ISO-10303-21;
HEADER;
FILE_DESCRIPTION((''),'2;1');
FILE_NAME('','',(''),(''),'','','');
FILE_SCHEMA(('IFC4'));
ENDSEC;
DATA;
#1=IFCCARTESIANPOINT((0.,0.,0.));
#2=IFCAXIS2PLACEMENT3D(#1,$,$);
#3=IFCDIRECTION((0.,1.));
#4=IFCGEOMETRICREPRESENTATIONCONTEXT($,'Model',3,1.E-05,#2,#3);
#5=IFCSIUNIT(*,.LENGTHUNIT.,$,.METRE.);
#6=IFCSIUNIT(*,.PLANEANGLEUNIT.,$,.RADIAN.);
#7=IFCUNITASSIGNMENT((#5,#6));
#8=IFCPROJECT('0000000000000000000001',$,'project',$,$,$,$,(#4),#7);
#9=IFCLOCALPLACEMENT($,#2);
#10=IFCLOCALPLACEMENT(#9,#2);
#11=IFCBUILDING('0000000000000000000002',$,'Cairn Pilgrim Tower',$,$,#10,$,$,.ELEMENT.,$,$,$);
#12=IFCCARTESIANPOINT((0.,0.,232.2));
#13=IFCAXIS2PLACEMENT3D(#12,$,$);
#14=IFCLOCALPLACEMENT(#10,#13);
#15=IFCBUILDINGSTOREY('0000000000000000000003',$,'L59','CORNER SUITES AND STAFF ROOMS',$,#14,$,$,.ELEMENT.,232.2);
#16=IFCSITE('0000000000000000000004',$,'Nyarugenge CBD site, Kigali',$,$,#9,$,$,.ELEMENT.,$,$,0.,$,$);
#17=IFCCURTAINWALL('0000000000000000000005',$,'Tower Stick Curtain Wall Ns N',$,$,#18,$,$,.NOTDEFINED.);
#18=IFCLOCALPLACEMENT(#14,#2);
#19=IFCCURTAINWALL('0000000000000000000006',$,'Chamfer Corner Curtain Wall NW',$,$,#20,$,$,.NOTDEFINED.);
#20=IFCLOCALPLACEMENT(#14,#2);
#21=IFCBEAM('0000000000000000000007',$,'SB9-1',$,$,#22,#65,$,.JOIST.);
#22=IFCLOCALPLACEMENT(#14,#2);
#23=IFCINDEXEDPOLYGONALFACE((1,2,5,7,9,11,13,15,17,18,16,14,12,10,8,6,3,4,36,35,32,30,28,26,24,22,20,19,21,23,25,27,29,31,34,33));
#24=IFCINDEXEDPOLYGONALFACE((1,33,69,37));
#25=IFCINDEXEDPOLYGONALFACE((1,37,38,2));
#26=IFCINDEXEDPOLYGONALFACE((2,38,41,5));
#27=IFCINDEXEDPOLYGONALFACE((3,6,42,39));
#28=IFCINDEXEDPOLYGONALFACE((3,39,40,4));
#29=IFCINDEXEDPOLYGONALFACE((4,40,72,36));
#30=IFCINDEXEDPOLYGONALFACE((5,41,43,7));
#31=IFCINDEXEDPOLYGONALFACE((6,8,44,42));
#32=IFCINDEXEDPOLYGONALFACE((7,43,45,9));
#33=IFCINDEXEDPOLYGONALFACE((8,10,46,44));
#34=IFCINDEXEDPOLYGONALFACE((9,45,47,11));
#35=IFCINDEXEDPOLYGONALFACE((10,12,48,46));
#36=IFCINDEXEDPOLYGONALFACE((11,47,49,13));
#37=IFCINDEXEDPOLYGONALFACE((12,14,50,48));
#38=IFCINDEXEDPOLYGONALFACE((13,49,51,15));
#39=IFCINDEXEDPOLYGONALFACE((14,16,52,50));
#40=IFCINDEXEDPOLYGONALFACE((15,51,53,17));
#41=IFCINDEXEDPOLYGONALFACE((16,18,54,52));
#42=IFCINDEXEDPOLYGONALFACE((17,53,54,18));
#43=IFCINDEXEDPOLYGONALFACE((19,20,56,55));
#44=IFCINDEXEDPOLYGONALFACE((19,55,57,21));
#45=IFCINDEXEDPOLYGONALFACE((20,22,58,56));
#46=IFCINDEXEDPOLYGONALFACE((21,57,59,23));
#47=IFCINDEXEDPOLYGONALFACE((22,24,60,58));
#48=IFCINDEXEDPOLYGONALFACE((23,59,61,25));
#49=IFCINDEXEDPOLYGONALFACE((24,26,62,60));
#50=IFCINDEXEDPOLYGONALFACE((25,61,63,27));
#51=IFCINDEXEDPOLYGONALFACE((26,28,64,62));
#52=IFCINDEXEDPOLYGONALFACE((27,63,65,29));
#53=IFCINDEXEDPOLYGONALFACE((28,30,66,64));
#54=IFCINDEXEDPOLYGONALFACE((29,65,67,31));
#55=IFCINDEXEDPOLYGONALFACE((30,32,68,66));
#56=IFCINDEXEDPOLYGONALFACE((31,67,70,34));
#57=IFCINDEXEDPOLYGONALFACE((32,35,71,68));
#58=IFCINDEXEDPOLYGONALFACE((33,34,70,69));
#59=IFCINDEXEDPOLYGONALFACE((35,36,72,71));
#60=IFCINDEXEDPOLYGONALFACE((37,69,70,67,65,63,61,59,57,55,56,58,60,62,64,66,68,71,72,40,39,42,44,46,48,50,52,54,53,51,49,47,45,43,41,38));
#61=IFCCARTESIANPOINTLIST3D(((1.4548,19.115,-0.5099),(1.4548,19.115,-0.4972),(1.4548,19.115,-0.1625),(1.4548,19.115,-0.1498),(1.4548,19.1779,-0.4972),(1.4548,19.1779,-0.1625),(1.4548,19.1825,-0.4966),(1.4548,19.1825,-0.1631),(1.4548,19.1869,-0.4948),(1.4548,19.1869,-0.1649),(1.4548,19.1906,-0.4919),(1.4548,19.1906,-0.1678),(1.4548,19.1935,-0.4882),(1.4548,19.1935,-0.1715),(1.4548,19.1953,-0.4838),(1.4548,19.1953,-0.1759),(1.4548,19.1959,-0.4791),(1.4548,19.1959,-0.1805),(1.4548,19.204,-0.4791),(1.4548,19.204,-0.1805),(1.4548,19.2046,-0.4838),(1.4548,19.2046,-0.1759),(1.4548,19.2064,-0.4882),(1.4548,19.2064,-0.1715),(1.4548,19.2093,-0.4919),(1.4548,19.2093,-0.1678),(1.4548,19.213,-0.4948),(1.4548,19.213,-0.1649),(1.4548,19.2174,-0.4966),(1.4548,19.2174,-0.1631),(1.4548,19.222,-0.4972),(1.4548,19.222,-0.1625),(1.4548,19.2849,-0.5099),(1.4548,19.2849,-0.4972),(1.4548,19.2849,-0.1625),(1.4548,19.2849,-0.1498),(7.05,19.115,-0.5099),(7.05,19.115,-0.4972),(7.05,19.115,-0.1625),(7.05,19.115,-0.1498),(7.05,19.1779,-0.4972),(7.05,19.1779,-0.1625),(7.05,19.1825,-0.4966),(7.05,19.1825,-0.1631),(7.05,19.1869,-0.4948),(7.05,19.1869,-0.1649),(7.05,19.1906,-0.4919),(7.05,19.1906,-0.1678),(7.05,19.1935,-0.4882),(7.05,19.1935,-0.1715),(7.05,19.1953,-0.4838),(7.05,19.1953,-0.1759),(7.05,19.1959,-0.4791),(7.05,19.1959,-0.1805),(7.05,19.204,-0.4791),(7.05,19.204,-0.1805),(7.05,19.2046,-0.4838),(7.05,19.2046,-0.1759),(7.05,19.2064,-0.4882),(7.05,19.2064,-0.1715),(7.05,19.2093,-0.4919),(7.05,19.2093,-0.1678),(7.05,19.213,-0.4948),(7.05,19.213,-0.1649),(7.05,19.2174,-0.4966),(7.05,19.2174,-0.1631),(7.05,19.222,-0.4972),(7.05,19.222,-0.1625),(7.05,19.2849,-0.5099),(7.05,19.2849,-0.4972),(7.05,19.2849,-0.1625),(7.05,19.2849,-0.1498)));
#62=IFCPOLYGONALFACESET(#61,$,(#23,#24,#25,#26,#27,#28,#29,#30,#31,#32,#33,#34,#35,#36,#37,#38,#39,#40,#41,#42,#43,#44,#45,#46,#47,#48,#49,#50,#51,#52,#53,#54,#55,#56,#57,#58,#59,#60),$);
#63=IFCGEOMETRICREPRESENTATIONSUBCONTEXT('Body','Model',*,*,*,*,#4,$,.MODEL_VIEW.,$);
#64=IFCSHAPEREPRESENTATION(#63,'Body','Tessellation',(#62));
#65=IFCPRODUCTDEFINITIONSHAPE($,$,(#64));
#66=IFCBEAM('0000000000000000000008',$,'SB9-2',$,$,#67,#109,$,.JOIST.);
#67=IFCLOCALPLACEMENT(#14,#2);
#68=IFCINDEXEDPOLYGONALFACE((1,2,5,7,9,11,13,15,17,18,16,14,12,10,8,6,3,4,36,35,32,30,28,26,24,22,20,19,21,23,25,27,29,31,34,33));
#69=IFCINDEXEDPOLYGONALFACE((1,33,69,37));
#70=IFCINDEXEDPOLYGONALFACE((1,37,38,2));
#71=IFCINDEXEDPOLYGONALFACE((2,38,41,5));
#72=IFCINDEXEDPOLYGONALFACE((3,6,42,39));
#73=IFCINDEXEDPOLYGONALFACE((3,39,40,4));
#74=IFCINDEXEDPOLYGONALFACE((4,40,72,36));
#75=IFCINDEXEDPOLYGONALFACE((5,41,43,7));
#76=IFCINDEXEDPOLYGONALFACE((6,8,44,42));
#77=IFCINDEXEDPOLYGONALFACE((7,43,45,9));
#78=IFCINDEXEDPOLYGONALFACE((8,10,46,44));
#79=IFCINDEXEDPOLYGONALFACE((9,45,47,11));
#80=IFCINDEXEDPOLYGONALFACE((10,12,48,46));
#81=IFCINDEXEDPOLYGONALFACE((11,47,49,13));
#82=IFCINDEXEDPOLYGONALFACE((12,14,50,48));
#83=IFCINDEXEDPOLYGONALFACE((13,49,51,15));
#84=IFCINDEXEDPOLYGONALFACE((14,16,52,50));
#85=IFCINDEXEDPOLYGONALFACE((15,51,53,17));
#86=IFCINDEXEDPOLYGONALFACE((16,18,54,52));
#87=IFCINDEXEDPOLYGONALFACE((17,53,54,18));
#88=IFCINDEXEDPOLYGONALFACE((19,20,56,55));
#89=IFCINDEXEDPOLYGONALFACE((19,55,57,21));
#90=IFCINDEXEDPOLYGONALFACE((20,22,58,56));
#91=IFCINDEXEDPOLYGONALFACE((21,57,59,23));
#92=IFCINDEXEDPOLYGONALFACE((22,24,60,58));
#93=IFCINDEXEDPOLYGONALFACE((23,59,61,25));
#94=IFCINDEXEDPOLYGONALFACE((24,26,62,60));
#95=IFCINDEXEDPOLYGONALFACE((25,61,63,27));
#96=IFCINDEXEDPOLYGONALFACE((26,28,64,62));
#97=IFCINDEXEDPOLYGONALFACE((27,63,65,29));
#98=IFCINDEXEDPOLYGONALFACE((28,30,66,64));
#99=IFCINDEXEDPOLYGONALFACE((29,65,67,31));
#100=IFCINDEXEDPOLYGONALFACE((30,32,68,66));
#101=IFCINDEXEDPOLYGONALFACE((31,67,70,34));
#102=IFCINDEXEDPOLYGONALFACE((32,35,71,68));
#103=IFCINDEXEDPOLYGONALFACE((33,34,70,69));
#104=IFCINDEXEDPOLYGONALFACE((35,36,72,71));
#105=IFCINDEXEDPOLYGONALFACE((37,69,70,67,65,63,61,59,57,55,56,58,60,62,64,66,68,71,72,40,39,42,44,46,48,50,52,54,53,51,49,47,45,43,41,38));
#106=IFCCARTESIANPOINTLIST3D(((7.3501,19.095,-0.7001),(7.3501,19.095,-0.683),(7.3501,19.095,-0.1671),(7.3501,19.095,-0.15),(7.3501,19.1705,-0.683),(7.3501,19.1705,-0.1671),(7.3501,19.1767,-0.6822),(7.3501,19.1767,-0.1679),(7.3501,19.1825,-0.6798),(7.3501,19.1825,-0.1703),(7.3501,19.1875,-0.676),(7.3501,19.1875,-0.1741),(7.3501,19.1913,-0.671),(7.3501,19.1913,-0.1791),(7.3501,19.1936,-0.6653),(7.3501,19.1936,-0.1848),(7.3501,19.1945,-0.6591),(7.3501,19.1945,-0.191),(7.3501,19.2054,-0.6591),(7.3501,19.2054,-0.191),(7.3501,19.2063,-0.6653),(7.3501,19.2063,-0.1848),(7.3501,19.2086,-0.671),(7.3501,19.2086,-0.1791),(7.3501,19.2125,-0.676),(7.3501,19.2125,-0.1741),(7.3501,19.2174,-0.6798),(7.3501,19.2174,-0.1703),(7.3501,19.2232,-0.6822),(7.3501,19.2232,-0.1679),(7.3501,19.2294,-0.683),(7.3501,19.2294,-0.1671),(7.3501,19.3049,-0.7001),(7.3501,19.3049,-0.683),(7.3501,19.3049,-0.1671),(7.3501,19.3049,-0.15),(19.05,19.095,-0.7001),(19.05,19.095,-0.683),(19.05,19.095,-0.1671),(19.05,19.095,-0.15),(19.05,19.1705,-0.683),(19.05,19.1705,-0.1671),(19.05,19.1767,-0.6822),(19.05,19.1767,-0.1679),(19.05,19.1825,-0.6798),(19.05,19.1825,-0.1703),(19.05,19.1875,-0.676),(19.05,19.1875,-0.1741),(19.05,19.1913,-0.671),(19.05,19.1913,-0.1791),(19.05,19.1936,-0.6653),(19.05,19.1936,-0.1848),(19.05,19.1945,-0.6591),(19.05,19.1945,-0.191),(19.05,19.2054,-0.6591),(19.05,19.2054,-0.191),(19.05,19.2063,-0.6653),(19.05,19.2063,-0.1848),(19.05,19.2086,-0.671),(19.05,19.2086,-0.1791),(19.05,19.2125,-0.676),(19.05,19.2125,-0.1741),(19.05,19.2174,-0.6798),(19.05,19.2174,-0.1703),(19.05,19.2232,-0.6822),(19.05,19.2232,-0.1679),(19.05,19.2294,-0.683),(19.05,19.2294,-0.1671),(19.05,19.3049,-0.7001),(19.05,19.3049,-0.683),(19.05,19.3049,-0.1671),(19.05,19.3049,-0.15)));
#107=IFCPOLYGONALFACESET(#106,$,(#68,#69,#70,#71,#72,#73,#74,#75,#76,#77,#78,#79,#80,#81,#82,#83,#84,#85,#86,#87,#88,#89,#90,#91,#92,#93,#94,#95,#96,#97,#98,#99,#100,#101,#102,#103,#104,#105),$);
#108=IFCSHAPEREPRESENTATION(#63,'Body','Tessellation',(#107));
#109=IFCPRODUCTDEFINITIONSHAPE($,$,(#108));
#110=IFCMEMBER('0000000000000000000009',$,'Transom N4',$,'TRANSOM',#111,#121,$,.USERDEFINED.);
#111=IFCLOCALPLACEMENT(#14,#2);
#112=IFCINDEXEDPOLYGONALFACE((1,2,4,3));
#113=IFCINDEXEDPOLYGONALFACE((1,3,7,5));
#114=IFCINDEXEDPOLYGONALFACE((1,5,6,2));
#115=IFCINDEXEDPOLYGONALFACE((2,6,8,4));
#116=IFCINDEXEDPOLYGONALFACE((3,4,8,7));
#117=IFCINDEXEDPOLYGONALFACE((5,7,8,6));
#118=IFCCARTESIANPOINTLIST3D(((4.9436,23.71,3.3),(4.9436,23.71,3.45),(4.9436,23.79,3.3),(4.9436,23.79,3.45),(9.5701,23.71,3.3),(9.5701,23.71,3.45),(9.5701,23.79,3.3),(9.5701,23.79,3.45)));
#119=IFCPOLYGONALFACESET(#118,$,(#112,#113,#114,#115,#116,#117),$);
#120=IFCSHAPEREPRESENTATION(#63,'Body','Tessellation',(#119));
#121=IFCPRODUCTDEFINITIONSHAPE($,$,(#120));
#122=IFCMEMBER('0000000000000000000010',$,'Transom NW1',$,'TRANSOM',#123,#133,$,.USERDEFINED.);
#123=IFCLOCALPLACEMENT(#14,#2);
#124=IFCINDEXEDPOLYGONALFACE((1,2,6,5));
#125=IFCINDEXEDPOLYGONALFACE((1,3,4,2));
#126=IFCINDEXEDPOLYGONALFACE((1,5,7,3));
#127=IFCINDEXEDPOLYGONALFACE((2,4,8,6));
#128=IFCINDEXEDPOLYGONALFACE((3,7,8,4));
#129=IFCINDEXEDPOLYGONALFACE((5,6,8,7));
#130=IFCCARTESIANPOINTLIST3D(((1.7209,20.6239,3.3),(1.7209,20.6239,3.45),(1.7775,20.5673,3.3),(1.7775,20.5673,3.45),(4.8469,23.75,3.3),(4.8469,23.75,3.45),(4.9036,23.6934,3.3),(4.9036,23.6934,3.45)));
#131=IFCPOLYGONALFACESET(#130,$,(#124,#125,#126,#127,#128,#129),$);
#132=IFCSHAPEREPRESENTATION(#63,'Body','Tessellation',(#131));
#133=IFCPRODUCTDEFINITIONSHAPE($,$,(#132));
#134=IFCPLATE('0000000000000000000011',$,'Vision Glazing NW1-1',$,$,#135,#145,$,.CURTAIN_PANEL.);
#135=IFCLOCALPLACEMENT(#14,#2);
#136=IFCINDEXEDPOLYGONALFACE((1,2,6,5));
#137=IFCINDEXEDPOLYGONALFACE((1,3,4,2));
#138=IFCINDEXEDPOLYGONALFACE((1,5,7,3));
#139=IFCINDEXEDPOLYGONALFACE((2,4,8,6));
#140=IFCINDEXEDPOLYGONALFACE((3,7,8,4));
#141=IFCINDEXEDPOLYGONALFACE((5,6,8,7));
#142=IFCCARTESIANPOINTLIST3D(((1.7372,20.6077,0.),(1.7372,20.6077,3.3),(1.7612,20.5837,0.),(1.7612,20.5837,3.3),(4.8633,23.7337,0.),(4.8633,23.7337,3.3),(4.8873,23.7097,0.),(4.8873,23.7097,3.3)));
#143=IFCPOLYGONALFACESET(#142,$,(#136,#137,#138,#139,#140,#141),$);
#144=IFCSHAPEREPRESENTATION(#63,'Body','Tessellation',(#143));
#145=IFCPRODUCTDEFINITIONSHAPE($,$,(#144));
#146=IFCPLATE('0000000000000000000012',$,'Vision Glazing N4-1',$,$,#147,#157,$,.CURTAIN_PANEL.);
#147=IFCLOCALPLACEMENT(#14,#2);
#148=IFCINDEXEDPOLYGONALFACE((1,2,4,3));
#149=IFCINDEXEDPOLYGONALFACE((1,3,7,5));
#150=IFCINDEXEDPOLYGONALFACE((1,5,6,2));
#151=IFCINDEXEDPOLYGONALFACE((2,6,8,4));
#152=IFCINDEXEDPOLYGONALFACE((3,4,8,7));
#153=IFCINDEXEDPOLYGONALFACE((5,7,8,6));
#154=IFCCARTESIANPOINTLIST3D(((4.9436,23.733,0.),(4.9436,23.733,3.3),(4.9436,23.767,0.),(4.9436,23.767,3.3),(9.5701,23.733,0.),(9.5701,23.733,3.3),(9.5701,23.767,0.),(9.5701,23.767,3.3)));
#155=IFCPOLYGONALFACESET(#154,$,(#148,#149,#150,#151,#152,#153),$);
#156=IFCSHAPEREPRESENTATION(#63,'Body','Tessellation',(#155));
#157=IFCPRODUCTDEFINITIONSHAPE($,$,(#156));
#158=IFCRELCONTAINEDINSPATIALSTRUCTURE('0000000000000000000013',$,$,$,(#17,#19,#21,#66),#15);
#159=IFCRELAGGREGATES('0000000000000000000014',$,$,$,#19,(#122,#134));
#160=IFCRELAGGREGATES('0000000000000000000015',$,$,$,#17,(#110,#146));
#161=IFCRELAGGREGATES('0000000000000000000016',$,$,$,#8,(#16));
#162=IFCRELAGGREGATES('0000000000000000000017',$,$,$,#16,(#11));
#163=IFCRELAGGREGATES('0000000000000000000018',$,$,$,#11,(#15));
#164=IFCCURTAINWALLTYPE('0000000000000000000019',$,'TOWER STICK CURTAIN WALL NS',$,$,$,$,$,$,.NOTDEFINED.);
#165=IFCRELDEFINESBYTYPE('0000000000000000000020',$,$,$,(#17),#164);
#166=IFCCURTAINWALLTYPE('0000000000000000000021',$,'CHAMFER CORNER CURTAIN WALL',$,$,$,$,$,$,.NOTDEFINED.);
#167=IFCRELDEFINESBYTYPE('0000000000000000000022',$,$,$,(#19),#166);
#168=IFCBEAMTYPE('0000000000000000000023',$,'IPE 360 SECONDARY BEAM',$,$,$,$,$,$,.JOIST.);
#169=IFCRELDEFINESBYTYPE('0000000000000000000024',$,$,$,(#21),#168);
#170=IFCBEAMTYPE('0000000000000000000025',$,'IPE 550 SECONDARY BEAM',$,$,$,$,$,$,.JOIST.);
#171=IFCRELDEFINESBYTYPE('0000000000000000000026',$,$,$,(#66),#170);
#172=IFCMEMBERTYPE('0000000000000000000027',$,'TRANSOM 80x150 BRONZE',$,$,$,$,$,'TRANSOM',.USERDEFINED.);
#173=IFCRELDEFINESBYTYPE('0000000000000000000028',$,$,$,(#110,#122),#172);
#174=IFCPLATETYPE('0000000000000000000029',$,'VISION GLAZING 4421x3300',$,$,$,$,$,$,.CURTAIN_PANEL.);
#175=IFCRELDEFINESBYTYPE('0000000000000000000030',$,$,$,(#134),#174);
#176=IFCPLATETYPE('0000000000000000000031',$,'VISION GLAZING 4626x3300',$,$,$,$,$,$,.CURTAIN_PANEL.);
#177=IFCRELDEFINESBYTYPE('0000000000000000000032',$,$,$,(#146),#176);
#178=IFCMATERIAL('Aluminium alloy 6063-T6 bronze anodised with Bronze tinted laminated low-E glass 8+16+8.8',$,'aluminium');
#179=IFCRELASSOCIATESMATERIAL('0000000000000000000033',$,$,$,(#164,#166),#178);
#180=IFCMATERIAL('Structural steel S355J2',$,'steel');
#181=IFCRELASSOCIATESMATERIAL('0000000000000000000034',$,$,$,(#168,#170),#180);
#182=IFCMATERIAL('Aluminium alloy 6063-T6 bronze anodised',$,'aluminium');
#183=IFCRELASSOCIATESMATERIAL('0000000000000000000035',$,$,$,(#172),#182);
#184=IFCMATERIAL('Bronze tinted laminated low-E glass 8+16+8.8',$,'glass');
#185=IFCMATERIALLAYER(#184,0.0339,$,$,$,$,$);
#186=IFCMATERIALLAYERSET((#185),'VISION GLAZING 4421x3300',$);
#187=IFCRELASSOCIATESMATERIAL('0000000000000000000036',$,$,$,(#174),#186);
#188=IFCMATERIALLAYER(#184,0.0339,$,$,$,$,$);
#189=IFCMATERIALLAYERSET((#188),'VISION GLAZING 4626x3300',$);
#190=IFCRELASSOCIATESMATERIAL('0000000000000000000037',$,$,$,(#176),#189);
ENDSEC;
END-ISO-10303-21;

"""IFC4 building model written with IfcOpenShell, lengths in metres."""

from ifc_helpers import new_model, si_unit, direction, frame, origin, origin_2d, place, context, subcontext, project, spatial, rectangle, i_section, extrude, material, layer, layer_set, material_profile, profile_set, type_object, element, aggregate, save


model = new_model("IFC4")

# Units and contexts
model_context = context("Model", 3, precision=1e-05, world=origin(), true_north=direction((0.0, 1.0)))
body_context = subcontext(model_context, "Body", "Model", "MODEL_VIEW")
ifc_project = project(units=[si_unit("LENGTHUNIT", "METRE"), si_unit("PLANEANGLEUNIT", "RADIAN")], contexts=[model_context])

# Site, building, storey
site_placement = place(None, origin())
site = spatial("IfcSite", under=ifc_project, at=site_placement, Name="Nyarugenge CBD site, Kigali", CompositionType="ELEMENT", RefElevation=0.0)
building_placement = place(site_placement, origin())
building = spatial("IfcBuilding", under=site, at=building_placement, Name="Cairn Pilgrim Tower", CompositionType="ELEMENT")
storey_placement = place(building_placement, frame((0.0, 0.0, 232.2)))
storey = spatial("IfcBuildingStorey", under=building, at=storey_placement, Name="L59", Description="CORNER SUITES AND STAFF ROOMS", CompositionType="ELEMENT", Elevation=232.2)

# Shared definitions
ifc_material_1 = material(Name="Structural steel S355J2", Category="steel")

# Curtain walls
ifc_material_2 = material(Name="Aluminium alloy 6063-T6 bronze anodised with Bronze tinted laminated low-E glass 8+16+8.8", Category="aluminium")
curtain_wall_type_1 = type_object("IfcCurtainWallType", Name="TOWER STICK CURTAIN WALL NS", PredefinedType="NOTDEFINED", material=ifc_material_2)
curtain_wall_1_placement = place(storey_placement, origin())
curtain_wall_1 = element("IfcCurtainWall", 1, at=curtain_wall_1_placement, inside=storey, type_object=curtain_wall_type_1, Name="Tower Stick Curtain Wall Ns N", PredefinedType="NOTDEFINED")
ifc_material_3 = material(Name="Aluminium alloy 6063-T6 bronze anodised", Category="aluminium")
curtain_wall_type_2 = type_object("IfcCurtainWallType", Name="CHAMFER CORNER CURTAIN WALL", PredefinedType="NOTDEFINED", material=ifc_material_2)
curtain_wall_2_placement = place(storey_placement, origin())
curtain_wall_2 = element("IfcCurtainWall", 2, at=curtain_wall_2_placement, inside=storey, type_object=curtain_wall_type_2, Name="Chamfer Corner Curtain Wall NW", PredefinedType="NOTDEFINED")

# Beams
ifc_material_profile_1 = material_profile(ifc_material_1, i_section(OverallWidth=0.1699, OverallDepth=0.3601, WebThickness=0.0081, FlangeThickness=0.0127, FilletRadius=0.0181, at=origin_2d()), Name="IPE 360")
ifc_profile_set_1 = profile_set([ifc_material_profile_1], Name="Structural steel S355J2")
beam_type_1 = type_object("IfcBeamType", Name="IPE 360 SECONDARY BEAM", PredefinedType="JOIST", material=ifc_profile_set_1)
beam_1_placement = place(storey_placement, frame((1.4548, 19.2, -0.3298), z_axis=(1.0, 0.0, 0.0), x_axis=(0.0, 1.0, 0.0)))
element("IfcBeam", 3, at=beam_1_placement, inside=storey, type_object=beam_type_1, Name="SB9-1", PredefinedType="JOIST", context=body_context, shape_type="SweptSolid", body=[
    extrude(i_section(OverallWidth=0.1699, OverallDepth=0.3601, WebThickness=0.0081, FlangeThickness=0.0127, FilletRadius=0.0181, at=origin_2d()), origin(), (0.0, 0.0, 1.0), 5.5952),
])
ifc_material_profile_2 = material_profile(ifc_material_1, i_section(OverallWidth=0.21, OverallDepth=0.55, WebThickness=0.011, FlangeThickness=0.0171, FilletRadius=0.0239, at=origin_2d()), Name="IPE 550")
ifc_profile_set_2 = profile_set([ifc_material_profile_2], Name="Structural steel S355J2")
beam_type_2 = type_object("IfcBeamType", Name="IPE 550 SECONDARY BEAM", PredefinedType="JOIST", material=ifc_profile_set_2)
beam_2_placement = place(storey_placement, frame((7.3501, 19.2, -0.425), z_axis=(1.0, 0.0, 0.0), x_axis=(0.0, 1.0, 0.0)))
element("IfcBeam", 4, at=beam_2_placement, inside=storey, type_object=beam_type_2, Name="SB9-2", PredefinedType="JOIST", context=body_context, shape_type="SweptSolid", body=[
    extrude(i_section(OverallWidth=0.21, OverallDepth=0.55, WebThickness=0.011, FlangeThickness=0.0171, FilletRadius=0.0239, at=origin_2d()), origin(), (0.0, 0.0, 1.0), 11.7),
])

# Members
ifc_material_profile_3 = material_profile(ifc_material_3, rectangle(XDim=0.0801, YDim=0.1499, at=origin_2d()), Name="TRANSOM 80x150 BRONZE")
ifc_profile_set_3 = profile_set([ifc_material_profile_3], Name="Aluminium alloy 6063-T6 bronze anodised")
member_type_1 = type_object("IfcMemberType", Name="TRANSOM 80x150 BRONZE", ElementType="TRANSOM", PredefinedType="USERDEFINED", material=ifc_profile_set_3)
member_1_placement = place(storey_placement, frame((9.5701, 23.75, 3.375), z_axis=(-1.0, 0.0, 0.0), x_axis=(0.0, -1.0, 0.0)))
member_1 = element("IfcMember", 5, at=member_1_placement, type_object=member_type_1, Name="Transom N4", ObjectType="TRANSOM", PredefinedType="USERDEFINED", context=body_context, shape_type="SweptSolid", body=[
    extrude(rectangle(XDim=0.0801, YDim=0.1499, at=origin_2d()), origin(), (0.0, 0.0, 1.0), 4.6265),
])
member_2_placement = place(storey_placement, frame((4.8752, 23.7217, 3.375), z_axis=(-0.707107, -0.707107, 0.0), x_axis=(0.707107, -0.707107, 0.0)))
member_2 = element("IfcMember", 6, at=member_2_placement, type_object=member_type_1, Name="Transom NW1", ObjectType="TRANSOM", PredefinedType="USERDEFINED", context=body_context, shape_type="SweptSolid", body=[
    extrude(rectangle(XDim=0.0801, YDim=0.1499, at=origin_2d()), origin(), (0.0, 0.0, 1.0), 4.4209),
])

# Plates
ifc_material_4 = material(Name="Bronze tinted laminated low-E glass 8+16+8.8", Category="glass")
ifc_layer_1 = layer(ifc_material_4, 0.0339)
ifc_layer_set_1 = layer_set([ifc_layer_1], Name="VISION GLAZING 4421x3300")
plate_type_1 = type_object("IfcPlateType", Name="VISION GLAZING 4421x3300", PredefinedType="CURTAIN_PANEL", material=ifc_layer_set_1)
plate_1_placement = place(storey_placement, frame((3.3123, 22.1587, 0.0), z_axis=(0.0, 0.0, 1.0), x_axis=(-0.707107, -0.707107, 0.0)))
plate_1 = element("IfcPlate", 7, at=plate_1_placement, type_object=plate_type_1, Name="Vision Glazing NW1-1", PredefinedType="CURTAIN_PANEL", context=body_context, shape_type="SweptSolid", body=[
    extrude(rectangle(XDim=4.4209, YDim=0.0339, at=origin_2d()), origin(), (0.0, 0.0, 1.0), 3.3),
])
aggregate(curtain_wall_2, [member_2, plate_1])
ifc_layer_2 = layer(ifc_material_4, 0.0339)
ifc_layer_set_2 = layer_set([ifc_layer_2], Name="VISION GLAZING 4626x3300")
plate_type_2 = type_object("IfcPlateType", Name="VISION GLAZING 4626x3300", PredefinedType="CURTAIN_PANEL", material=ifc_layer_set_2)
plate_2_placement = place(storey_placement, frame((7.2568, 23.75, 0.0), z_axis=(0.0, 0.0, 1.0), x_axis=(-1.0, 0.0, 0.0)))
plate_2 = element("IfcPlate", 8, at=plate_2_placement, type_object=plate_type_2, Name="Vision Glazing N4-1", PredefinedType="CURTAIN_PANEL", context=body_context, shape_type="SweptSolid", body=[
    extrude(rectangle(XDim=4.6265, YDim=0.0339, at=origin_2d()), origin(), (0.0, 0.0, 1.0), 3.3),
])
aggregate(curtain_wall_1, [member_1, plate_2])

save(model, "model.ifc")
